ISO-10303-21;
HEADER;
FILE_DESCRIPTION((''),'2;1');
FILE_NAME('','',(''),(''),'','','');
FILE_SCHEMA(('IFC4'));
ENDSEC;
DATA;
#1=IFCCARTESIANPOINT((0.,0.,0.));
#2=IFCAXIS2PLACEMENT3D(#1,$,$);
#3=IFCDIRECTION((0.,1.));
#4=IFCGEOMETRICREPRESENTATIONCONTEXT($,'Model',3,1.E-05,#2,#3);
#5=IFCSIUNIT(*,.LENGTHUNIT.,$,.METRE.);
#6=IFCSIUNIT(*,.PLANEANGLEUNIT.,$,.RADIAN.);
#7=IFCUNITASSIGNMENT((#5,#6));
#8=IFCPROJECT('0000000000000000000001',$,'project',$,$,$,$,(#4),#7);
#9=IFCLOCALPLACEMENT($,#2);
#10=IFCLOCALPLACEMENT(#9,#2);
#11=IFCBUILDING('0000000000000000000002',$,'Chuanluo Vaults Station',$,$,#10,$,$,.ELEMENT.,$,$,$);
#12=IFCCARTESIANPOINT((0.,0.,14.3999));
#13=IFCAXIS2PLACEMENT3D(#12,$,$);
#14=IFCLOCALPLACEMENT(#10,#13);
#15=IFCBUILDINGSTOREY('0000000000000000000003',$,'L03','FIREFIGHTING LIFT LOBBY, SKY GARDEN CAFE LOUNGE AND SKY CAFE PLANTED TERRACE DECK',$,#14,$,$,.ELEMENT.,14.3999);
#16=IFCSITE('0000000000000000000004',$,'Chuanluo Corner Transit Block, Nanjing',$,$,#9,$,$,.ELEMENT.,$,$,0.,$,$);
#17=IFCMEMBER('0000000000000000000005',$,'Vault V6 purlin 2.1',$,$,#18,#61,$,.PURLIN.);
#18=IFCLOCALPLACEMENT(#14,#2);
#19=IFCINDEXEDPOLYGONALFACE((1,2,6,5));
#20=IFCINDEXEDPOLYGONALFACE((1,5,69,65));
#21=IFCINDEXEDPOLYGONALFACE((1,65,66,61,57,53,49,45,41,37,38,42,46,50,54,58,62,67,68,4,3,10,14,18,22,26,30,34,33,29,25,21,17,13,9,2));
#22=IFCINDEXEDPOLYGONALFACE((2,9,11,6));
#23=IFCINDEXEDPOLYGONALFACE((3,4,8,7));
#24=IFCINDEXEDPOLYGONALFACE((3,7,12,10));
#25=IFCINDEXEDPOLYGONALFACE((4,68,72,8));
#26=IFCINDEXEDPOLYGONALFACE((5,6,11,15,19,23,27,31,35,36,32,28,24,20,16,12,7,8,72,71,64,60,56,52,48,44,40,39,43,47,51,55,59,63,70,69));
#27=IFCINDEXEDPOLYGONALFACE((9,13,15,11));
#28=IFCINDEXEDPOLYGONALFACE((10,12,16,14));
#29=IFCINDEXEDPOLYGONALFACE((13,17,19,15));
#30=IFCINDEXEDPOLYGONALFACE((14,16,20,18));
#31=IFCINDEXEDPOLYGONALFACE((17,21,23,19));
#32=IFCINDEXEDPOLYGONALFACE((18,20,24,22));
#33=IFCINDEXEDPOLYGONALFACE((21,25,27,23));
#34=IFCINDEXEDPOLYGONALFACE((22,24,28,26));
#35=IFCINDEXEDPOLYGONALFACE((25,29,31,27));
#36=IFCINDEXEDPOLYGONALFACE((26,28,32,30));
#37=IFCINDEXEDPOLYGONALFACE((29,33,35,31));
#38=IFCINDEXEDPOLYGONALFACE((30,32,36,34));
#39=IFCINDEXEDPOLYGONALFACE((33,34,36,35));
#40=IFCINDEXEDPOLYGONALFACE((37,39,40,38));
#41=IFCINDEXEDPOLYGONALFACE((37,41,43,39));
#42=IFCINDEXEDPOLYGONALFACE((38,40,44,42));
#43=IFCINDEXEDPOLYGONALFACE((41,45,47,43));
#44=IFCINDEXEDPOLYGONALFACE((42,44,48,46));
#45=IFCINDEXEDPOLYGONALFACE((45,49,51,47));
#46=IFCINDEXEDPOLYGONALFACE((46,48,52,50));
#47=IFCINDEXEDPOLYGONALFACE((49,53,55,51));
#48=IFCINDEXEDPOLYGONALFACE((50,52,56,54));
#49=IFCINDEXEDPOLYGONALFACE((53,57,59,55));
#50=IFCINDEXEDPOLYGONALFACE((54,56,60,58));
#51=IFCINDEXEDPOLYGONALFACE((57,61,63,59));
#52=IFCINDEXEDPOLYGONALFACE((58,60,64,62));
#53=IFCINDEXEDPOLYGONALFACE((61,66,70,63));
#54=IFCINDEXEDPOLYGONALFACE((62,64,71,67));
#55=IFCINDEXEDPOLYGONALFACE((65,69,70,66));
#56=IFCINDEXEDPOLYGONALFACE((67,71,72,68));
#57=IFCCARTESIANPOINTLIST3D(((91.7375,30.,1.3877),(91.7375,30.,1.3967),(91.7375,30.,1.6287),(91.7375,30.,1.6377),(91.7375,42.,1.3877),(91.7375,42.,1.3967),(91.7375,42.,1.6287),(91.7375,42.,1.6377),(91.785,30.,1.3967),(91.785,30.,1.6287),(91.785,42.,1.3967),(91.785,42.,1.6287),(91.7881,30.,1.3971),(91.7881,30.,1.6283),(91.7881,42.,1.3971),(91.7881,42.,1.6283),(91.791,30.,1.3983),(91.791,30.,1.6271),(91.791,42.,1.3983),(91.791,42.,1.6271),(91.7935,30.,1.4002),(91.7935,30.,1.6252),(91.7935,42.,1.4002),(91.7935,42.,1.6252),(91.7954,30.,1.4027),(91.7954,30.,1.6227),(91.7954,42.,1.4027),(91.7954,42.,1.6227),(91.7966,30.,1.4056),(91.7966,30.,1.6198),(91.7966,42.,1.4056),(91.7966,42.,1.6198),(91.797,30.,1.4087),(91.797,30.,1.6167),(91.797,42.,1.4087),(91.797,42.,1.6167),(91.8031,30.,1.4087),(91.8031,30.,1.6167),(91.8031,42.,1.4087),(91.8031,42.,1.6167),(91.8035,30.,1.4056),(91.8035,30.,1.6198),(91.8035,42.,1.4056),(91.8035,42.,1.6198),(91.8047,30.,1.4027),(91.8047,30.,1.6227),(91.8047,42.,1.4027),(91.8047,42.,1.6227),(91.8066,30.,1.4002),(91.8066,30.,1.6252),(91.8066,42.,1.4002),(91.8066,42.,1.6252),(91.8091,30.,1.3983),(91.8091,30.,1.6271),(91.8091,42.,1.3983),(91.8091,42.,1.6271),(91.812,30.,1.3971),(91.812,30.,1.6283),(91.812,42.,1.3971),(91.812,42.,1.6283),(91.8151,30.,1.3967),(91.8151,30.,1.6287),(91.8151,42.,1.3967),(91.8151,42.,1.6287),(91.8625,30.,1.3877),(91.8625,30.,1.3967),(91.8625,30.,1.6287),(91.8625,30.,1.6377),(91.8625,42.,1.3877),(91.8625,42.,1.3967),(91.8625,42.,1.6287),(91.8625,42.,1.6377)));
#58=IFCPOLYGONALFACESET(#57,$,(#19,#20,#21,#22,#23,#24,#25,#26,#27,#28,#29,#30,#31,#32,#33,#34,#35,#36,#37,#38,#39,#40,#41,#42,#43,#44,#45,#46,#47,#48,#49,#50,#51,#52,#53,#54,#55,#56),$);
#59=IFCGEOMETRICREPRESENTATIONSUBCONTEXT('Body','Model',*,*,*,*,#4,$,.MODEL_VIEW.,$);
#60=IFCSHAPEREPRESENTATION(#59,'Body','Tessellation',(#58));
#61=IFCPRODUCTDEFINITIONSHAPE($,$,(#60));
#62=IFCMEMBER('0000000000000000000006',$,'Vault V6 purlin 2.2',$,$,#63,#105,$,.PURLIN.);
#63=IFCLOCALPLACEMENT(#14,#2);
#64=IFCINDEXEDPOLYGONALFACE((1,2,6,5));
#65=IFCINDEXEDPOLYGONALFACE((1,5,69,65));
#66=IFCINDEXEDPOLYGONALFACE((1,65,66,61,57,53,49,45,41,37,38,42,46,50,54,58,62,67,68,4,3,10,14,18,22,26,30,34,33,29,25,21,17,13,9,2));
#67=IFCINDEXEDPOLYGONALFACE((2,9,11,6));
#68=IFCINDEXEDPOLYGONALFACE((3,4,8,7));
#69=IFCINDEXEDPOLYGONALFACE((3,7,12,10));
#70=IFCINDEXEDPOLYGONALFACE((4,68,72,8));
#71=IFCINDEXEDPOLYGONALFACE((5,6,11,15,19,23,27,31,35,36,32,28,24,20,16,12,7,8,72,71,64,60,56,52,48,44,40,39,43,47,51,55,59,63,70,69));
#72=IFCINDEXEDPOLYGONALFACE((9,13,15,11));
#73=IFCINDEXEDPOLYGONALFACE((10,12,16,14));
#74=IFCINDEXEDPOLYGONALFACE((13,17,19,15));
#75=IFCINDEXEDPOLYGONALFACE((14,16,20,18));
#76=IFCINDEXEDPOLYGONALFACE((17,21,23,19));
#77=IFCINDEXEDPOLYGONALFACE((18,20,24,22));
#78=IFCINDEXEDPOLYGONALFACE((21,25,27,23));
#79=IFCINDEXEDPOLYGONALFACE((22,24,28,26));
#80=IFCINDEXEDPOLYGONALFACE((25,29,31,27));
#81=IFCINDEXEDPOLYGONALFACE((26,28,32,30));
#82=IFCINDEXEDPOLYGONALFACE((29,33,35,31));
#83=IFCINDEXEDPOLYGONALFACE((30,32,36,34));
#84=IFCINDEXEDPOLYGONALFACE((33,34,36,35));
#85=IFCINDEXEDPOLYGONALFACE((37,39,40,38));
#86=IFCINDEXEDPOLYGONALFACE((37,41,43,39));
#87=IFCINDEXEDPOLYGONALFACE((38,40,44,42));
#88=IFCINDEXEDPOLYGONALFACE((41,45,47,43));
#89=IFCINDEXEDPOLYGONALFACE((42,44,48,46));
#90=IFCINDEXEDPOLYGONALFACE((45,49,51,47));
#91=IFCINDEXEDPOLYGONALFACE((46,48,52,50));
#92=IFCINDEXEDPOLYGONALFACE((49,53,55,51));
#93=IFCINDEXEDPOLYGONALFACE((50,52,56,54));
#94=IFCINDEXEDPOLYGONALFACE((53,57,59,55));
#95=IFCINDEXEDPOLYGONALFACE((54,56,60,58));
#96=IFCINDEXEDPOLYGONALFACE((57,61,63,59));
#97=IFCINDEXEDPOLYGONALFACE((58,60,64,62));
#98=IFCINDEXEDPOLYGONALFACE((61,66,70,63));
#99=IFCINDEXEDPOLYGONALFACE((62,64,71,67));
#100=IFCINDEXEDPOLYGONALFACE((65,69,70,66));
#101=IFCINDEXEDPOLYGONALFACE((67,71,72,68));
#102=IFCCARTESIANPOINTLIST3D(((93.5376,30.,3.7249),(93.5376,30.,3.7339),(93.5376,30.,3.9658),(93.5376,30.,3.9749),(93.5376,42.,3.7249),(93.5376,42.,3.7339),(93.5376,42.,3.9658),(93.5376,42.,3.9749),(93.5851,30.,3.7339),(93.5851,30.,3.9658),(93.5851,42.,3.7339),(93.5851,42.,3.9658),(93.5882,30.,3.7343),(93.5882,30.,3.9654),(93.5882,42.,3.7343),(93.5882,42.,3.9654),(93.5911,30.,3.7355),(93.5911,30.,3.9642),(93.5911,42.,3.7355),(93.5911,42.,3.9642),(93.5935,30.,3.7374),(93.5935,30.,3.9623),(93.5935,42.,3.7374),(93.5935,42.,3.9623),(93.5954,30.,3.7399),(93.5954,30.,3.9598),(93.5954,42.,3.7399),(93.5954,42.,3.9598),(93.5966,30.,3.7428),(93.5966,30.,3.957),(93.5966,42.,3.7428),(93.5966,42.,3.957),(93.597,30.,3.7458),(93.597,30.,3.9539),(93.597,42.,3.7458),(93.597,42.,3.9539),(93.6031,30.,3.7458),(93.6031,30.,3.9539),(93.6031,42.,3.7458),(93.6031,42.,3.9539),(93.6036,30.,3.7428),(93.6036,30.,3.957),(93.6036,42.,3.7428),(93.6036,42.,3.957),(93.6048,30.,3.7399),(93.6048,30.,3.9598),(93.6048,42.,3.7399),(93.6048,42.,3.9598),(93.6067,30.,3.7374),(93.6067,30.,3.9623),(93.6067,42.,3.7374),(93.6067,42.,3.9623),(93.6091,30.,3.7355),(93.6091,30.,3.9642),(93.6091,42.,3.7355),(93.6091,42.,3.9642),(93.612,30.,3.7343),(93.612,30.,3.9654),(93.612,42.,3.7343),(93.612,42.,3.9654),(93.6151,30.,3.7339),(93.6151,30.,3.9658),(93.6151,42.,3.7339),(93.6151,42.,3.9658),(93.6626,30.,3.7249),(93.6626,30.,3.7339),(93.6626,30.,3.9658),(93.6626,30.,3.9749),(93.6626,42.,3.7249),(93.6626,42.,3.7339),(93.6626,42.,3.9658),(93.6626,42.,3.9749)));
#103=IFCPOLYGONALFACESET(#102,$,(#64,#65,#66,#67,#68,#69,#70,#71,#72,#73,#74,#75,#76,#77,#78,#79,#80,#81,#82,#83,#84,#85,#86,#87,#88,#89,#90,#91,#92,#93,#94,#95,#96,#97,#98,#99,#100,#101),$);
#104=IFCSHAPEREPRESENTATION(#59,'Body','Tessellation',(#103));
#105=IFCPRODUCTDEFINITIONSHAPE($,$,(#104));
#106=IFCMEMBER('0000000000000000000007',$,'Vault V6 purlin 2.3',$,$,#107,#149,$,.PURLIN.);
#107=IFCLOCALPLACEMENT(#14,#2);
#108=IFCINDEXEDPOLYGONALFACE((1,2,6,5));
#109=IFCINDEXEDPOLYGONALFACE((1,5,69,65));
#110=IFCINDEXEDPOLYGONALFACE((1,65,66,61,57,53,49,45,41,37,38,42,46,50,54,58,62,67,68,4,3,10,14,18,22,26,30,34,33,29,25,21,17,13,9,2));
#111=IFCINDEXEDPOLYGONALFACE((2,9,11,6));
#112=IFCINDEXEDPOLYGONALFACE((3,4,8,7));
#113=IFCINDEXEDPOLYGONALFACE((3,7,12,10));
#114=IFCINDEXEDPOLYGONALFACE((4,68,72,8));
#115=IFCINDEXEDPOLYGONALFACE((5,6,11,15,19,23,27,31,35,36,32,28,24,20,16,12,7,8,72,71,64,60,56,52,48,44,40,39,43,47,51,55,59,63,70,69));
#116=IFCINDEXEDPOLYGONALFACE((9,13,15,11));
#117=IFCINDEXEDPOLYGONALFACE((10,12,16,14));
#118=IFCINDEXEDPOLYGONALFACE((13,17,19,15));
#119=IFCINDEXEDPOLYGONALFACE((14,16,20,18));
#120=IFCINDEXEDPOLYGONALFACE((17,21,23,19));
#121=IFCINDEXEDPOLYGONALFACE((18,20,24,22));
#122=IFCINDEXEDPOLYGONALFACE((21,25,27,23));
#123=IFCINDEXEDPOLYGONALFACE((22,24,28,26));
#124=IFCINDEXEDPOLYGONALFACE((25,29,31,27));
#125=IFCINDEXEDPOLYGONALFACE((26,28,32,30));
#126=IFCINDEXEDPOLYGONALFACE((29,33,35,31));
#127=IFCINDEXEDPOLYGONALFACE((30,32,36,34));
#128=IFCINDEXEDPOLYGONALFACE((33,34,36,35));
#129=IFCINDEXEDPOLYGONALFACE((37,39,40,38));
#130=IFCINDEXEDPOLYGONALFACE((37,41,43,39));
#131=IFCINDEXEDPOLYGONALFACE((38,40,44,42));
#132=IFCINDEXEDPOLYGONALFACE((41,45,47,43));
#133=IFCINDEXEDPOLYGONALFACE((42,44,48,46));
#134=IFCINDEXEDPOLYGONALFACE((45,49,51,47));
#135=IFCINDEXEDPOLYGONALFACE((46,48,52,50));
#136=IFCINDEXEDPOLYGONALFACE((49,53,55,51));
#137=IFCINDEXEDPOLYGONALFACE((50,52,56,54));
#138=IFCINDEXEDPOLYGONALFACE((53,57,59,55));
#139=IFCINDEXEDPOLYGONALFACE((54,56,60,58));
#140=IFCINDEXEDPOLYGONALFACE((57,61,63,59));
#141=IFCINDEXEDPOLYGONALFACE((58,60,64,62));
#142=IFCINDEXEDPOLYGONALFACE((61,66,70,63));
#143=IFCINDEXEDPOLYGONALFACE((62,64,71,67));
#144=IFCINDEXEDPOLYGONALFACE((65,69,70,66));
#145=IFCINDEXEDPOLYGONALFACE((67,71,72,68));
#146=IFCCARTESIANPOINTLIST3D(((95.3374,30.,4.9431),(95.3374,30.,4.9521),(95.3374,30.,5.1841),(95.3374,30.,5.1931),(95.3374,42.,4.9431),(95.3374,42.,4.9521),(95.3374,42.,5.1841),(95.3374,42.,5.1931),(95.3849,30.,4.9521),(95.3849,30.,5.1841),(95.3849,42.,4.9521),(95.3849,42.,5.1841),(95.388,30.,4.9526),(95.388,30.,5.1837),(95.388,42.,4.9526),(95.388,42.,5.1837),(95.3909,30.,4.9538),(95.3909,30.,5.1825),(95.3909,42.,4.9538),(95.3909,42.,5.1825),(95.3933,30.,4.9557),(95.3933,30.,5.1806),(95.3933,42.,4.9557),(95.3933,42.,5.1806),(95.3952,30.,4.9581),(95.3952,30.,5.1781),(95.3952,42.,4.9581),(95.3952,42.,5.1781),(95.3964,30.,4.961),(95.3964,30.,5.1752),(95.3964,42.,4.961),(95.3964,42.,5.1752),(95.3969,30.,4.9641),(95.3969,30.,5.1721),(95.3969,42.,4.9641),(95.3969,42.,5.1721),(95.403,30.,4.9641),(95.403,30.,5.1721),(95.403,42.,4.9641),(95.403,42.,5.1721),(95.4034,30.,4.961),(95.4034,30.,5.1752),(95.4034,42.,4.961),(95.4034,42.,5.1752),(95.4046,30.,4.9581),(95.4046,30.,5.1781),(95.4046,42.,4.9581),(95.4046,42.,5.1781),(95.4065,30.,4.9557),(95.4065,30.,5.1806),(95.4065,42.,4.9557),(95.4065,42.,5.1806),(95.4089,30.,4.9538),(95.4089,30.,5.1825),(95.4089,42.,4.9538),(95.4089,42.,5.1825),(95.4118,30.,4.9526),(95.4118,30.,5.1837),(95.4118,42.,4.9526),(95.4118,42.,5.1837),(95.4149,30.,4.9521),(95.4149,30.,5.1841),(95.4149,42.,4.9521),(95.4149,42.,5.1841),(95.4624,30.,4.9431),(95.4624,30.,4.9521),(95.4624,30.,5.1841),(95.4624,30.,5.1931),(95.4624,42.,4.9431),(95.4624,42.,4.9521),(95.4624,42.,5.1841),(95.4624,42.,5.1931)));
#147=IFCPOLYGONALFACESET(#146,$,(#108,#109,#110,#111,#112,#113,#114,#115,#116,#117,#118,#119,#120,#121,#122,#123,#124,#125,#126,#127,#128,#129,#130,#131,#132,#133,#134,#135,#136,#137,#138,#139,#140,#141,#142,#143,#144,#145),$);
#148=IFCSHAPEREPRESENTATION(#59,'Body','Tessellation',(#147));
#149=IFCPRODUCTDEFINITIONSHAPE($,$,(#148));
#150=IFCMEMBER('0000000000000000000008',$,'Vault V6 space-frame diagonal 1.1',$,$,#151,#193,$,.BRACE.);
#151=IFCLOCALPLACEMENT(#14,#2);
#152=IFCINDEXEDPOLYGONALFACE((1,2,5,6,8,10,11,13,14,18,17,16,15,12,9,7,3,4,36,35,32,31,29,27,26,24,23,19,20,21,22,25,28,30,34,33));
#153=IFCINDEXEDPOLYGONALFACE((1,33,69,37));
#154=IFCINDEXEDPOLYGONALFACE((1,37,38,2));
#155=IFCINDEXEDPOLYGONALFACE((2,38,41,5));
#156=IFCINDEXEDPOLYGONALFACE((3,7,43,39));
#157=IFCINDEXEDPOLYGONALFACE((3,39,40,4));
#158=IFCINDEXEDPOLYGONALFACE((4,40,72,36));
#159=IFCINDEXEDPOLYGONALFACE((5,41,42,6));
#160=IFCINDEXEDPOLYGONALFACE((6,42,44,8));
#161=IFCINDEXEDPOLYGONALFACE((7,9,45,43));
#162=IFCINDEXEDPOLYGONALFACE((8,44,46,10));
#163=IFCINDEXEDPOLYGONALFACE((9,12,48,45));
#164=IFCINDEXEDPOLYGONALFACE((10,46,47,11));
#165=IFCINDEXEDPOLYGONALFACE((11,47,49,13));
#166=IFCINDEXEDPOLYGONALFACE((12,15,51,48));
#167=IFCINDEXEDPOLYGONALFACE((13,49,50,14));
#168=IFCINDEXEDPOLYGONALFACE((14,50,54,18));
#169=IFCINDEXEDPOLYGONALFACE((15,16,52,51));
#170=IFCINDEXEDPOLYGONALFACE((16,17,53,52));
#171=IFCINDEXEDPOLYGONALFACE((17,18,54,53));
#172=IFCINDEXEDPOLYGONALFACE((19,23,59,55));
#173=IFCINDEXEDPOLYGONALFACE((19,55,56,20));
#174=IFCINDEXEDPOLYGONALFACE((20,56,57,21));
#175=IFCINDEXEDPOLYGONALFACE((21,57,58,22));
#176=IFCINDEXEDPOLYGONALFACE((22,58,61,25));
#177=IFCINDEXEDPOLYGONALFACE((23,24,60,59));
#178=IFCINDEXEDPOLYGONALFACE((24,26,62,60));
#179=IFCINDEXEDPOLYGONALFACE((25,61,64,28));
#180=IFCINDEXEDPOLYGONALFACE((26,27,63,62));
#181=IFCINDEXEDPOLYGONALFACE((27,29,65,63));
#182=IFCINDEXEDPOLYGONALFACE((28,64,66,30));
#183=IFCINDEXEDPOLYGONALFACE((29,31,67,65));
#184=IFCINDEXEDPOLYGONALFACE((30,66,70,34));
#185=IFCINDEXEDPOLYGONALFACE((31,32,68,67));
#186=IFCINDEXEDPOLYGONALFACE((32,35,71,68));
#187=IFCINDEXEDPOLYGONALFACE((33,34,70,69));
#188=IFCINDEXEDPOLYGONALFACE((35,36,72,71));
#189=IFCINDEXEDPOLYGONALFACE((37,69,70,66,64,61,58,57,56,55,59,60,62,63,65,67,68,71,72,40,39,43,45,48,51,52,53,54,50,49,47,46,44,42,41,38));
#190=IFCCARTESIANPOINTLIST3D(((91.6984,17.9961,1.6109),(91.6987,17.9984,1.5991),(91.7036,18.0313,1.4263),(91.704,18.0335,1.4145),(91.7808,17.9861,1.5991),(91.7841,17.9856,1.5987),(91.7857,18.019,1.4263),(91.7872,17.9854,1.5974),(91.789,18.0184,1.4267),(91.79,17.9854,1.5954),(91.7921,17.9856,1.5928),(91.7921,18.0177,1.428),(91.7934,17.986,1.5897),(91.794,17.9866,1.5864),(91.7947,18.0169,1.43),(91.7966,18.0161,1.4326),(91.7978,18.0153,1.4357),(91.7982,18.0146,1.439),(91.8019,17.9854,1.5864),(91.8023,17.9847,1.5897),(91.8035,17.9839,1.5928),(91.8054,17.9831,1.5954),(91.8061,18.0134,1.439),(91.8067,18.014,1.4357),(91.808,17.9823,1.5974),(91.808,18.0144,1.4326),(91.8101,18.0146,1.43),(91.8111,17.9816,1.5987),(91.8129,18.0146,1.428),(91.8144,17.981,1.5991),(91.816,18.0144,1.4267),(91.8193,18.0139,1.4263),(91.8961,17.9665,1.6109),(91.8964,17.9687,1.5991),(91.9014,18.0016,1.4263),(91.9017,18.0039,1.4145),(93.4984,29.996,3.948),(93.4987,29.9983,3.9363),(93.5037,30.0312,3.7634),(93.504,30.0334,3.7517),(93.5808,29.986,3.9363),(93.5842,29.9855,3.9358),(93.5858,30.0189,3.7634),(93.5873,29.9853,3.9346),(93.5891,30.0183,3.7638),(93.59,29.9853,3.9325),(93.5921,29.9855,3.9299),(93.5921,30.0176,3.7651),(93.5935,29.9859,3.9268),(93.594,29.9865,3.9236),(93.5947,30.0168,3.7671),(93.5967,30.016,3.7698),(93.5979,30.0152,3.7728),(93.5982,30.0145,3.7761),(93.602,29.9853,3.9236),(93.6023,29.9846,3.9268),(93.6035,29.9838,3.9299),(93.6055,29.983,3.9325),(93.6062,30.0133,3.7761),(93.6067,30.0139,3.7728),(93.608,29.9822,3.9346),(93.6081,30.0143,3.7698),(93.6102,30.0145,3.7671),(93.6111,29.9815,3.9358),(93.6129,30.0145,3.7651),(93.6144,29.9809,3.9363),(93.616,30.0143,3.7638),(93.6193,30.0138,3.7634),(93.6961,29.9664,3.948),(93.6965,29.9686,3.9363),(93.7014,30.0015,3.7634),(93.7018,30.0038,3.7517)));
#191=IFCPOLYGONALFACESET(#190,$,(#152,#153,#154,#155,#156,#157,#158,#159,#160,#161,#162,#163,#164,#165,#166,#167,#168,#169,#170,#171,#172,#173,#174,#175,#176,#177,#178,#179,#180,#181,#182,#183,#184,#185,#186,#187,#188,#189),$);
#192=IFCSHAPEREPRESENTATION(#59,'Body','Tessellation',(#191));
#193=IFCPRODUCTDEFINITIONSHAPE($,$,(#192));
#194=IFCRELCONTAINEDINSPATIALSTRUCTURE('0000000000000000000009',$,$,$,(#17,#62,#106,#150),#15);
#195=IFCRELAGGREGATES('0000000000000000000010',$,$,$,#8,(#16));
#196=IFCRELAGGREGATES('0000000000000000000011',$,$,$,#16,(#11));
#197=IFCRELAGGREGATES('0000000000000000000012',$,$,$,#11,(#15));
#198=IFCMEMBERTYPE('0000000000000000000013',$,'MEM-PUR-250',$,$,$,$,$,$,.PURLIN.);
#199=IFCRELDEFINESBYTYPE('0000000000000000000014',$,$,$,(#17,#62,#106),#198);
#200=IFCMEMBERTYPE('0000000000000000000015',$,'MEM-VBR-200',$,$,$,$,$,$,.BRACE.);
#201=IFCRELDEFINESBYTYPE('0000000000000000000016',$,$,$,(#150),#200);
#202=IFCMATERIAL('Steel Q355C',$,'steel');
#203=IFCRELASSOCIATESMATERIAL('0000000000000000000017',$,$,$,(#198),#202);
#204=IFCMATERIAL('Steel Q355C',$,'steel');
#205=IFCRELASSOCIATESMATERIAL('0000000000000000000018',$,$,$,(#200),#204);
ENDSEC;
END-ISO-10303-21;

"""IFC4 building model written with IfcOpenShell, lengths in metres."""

from ifc_helpers import new_model, si_unit, direction, frame, origin, origin_2d, place, context, subcontext, project, spatial, i_section, extrude, material, material_profile, profile_set, type_object, element, save


model = new_model("IFC4")

# Units and contexts
model_context = context("Model", 3, precision=1e-05, world=origin(), true_north=direction((0.0, 1.0)))
body_context = subcontext(model_context, "Body", "Model", "MODEL_VIEW")
ifc_project = project(units=[si_unit("LENGTHUNIT", "METRE"), si_unit("PLANEANGLEUNIT", "RADIAN")], contexts=[model_context])

# Site, building, storey
site_placement = place(None, origin())
site = spatial("IfcSite", under=ifc_project, at=site_placement, Name="Chuanluo Corner Transit Block, Nanjing", CompositionType="ELEMENT", RefElevation=0.0)
building_placement = place(site_placement, origin())
building = spatial("IfcBuilding", under=site, at=building_placement, Name="Chuanluo Vaults Station", CompositionType="ELEMENT")
storey_placement = place(building_placement, frame((0.0, 0.0, 14.3999)))
storey = spatial("IfcBuildingStorey", under=building, at=storey_placement, Name="L03", Description="FIREFIGHTING LIFT LOBBY, SKY GARDEN CAFE LOUNGE AND SKY CAFE PLANTED TERRACE DECK", CompositionType="ELEMENT", Elevation=14.3999)

# Members
ifc_material_1 = material(Name="Steel Q355C", Category="steel")
ifc_material_profile_1 = material_profile(ifc_material_1, i_section(OverallWidth=0.125, OverallDepth=0.25, WebThickness=0.0061, FlangeThickness=0.009, FilletRadius=0.012, at=origin_2d()))
ifc_profile_set_1 = profile_set([ifc_material_profile_1], Name="Steel Q355C")
member_type_1 = type_object("IfcMemberType", Name="MEM-PUR-250", PredefinedType="PURLIN", material=ifc_profile_set_1)
for number, where, z_axis, x_axis, name in (
    (1, (91.8, 30.0, 1.5127), (0.0, 1.0, 0.0), (-1.0, 0.0, 0.0), "Vault V6 purlin 2.1"),
    (2, (93.6001, 30.0, 3.8499), (0.0, 1.0, 0.0), (-1.0, 0.0, 0.0), "Vault V6 purlin 2.2"),
    (3, (95.3999, 30.0, 5.0681), (0.0, 1.0, 0.0), (-1.0, 0.0, 0.0), "Vault V6 purlin 2.3"),
):
    element("IfcMember", number, at=place(storey_placement, frame(where, z_axis=z_axis, x_axis=x_axis)), inside=storey, type_object=member_type_1, Name=name, PredefinedType="PURLIN", context=body_context, shape_type="SweptSolid", body=[
        extrude(i_section(OverallWidth=0.125, OverallDepth=0.25, WebThickness=0.0061, FlangeThickness=0.009, FilletRadius=0.012, at=origin_2d()), origin(), (0.0, 0.0, 1.0), 12.0),
    ])
ifc_material_2 = material(Name="Steel Q355C", Category="steel")
ifc_material_profile_2 = material_profile(ifc_material_2, i_section(OverallWidth=0.2, OverallDepth=0.2, WebThickness=0.0081, FlangeThickness=0.012, FilletRadius=0.0129, at=origin_2d()))
ifc_profile_set_2 = profile_set([ifc_material_profile_2], Name="Steel Q355C")
member_type_2 = type_object("IfcMemberType", Name="MEM-VBR-200", PredefinedType="BRACE", material=ifc_profile_set_2)
member_1_placement = place(storey_placement, frame((91.8, 18.0, 1.5127), z_axis=(0.145667, 0.971087, 0.189132), x_axis=(-0.988936, 0.148344, 0.0)))
element("IfcMember", 4, at=member_1_placement, inside=storey, type_object=member_type_2, Name="Vault V6 space-frame diagonal 1.1", PredefinedType="BRACE", context=body_context, shape_type="SweptSolid", body=[
    extrude(i_section(OverallWidth=0.2, OverallDepth=0.2, WebThickness=0.0081, FlangeThickness=0.012, FilletRadius=0.0129, at=origin_2d()), origin(), (0.0, 0.0, 1.0), 12.3572),
])

save(model, "model.ifc")
